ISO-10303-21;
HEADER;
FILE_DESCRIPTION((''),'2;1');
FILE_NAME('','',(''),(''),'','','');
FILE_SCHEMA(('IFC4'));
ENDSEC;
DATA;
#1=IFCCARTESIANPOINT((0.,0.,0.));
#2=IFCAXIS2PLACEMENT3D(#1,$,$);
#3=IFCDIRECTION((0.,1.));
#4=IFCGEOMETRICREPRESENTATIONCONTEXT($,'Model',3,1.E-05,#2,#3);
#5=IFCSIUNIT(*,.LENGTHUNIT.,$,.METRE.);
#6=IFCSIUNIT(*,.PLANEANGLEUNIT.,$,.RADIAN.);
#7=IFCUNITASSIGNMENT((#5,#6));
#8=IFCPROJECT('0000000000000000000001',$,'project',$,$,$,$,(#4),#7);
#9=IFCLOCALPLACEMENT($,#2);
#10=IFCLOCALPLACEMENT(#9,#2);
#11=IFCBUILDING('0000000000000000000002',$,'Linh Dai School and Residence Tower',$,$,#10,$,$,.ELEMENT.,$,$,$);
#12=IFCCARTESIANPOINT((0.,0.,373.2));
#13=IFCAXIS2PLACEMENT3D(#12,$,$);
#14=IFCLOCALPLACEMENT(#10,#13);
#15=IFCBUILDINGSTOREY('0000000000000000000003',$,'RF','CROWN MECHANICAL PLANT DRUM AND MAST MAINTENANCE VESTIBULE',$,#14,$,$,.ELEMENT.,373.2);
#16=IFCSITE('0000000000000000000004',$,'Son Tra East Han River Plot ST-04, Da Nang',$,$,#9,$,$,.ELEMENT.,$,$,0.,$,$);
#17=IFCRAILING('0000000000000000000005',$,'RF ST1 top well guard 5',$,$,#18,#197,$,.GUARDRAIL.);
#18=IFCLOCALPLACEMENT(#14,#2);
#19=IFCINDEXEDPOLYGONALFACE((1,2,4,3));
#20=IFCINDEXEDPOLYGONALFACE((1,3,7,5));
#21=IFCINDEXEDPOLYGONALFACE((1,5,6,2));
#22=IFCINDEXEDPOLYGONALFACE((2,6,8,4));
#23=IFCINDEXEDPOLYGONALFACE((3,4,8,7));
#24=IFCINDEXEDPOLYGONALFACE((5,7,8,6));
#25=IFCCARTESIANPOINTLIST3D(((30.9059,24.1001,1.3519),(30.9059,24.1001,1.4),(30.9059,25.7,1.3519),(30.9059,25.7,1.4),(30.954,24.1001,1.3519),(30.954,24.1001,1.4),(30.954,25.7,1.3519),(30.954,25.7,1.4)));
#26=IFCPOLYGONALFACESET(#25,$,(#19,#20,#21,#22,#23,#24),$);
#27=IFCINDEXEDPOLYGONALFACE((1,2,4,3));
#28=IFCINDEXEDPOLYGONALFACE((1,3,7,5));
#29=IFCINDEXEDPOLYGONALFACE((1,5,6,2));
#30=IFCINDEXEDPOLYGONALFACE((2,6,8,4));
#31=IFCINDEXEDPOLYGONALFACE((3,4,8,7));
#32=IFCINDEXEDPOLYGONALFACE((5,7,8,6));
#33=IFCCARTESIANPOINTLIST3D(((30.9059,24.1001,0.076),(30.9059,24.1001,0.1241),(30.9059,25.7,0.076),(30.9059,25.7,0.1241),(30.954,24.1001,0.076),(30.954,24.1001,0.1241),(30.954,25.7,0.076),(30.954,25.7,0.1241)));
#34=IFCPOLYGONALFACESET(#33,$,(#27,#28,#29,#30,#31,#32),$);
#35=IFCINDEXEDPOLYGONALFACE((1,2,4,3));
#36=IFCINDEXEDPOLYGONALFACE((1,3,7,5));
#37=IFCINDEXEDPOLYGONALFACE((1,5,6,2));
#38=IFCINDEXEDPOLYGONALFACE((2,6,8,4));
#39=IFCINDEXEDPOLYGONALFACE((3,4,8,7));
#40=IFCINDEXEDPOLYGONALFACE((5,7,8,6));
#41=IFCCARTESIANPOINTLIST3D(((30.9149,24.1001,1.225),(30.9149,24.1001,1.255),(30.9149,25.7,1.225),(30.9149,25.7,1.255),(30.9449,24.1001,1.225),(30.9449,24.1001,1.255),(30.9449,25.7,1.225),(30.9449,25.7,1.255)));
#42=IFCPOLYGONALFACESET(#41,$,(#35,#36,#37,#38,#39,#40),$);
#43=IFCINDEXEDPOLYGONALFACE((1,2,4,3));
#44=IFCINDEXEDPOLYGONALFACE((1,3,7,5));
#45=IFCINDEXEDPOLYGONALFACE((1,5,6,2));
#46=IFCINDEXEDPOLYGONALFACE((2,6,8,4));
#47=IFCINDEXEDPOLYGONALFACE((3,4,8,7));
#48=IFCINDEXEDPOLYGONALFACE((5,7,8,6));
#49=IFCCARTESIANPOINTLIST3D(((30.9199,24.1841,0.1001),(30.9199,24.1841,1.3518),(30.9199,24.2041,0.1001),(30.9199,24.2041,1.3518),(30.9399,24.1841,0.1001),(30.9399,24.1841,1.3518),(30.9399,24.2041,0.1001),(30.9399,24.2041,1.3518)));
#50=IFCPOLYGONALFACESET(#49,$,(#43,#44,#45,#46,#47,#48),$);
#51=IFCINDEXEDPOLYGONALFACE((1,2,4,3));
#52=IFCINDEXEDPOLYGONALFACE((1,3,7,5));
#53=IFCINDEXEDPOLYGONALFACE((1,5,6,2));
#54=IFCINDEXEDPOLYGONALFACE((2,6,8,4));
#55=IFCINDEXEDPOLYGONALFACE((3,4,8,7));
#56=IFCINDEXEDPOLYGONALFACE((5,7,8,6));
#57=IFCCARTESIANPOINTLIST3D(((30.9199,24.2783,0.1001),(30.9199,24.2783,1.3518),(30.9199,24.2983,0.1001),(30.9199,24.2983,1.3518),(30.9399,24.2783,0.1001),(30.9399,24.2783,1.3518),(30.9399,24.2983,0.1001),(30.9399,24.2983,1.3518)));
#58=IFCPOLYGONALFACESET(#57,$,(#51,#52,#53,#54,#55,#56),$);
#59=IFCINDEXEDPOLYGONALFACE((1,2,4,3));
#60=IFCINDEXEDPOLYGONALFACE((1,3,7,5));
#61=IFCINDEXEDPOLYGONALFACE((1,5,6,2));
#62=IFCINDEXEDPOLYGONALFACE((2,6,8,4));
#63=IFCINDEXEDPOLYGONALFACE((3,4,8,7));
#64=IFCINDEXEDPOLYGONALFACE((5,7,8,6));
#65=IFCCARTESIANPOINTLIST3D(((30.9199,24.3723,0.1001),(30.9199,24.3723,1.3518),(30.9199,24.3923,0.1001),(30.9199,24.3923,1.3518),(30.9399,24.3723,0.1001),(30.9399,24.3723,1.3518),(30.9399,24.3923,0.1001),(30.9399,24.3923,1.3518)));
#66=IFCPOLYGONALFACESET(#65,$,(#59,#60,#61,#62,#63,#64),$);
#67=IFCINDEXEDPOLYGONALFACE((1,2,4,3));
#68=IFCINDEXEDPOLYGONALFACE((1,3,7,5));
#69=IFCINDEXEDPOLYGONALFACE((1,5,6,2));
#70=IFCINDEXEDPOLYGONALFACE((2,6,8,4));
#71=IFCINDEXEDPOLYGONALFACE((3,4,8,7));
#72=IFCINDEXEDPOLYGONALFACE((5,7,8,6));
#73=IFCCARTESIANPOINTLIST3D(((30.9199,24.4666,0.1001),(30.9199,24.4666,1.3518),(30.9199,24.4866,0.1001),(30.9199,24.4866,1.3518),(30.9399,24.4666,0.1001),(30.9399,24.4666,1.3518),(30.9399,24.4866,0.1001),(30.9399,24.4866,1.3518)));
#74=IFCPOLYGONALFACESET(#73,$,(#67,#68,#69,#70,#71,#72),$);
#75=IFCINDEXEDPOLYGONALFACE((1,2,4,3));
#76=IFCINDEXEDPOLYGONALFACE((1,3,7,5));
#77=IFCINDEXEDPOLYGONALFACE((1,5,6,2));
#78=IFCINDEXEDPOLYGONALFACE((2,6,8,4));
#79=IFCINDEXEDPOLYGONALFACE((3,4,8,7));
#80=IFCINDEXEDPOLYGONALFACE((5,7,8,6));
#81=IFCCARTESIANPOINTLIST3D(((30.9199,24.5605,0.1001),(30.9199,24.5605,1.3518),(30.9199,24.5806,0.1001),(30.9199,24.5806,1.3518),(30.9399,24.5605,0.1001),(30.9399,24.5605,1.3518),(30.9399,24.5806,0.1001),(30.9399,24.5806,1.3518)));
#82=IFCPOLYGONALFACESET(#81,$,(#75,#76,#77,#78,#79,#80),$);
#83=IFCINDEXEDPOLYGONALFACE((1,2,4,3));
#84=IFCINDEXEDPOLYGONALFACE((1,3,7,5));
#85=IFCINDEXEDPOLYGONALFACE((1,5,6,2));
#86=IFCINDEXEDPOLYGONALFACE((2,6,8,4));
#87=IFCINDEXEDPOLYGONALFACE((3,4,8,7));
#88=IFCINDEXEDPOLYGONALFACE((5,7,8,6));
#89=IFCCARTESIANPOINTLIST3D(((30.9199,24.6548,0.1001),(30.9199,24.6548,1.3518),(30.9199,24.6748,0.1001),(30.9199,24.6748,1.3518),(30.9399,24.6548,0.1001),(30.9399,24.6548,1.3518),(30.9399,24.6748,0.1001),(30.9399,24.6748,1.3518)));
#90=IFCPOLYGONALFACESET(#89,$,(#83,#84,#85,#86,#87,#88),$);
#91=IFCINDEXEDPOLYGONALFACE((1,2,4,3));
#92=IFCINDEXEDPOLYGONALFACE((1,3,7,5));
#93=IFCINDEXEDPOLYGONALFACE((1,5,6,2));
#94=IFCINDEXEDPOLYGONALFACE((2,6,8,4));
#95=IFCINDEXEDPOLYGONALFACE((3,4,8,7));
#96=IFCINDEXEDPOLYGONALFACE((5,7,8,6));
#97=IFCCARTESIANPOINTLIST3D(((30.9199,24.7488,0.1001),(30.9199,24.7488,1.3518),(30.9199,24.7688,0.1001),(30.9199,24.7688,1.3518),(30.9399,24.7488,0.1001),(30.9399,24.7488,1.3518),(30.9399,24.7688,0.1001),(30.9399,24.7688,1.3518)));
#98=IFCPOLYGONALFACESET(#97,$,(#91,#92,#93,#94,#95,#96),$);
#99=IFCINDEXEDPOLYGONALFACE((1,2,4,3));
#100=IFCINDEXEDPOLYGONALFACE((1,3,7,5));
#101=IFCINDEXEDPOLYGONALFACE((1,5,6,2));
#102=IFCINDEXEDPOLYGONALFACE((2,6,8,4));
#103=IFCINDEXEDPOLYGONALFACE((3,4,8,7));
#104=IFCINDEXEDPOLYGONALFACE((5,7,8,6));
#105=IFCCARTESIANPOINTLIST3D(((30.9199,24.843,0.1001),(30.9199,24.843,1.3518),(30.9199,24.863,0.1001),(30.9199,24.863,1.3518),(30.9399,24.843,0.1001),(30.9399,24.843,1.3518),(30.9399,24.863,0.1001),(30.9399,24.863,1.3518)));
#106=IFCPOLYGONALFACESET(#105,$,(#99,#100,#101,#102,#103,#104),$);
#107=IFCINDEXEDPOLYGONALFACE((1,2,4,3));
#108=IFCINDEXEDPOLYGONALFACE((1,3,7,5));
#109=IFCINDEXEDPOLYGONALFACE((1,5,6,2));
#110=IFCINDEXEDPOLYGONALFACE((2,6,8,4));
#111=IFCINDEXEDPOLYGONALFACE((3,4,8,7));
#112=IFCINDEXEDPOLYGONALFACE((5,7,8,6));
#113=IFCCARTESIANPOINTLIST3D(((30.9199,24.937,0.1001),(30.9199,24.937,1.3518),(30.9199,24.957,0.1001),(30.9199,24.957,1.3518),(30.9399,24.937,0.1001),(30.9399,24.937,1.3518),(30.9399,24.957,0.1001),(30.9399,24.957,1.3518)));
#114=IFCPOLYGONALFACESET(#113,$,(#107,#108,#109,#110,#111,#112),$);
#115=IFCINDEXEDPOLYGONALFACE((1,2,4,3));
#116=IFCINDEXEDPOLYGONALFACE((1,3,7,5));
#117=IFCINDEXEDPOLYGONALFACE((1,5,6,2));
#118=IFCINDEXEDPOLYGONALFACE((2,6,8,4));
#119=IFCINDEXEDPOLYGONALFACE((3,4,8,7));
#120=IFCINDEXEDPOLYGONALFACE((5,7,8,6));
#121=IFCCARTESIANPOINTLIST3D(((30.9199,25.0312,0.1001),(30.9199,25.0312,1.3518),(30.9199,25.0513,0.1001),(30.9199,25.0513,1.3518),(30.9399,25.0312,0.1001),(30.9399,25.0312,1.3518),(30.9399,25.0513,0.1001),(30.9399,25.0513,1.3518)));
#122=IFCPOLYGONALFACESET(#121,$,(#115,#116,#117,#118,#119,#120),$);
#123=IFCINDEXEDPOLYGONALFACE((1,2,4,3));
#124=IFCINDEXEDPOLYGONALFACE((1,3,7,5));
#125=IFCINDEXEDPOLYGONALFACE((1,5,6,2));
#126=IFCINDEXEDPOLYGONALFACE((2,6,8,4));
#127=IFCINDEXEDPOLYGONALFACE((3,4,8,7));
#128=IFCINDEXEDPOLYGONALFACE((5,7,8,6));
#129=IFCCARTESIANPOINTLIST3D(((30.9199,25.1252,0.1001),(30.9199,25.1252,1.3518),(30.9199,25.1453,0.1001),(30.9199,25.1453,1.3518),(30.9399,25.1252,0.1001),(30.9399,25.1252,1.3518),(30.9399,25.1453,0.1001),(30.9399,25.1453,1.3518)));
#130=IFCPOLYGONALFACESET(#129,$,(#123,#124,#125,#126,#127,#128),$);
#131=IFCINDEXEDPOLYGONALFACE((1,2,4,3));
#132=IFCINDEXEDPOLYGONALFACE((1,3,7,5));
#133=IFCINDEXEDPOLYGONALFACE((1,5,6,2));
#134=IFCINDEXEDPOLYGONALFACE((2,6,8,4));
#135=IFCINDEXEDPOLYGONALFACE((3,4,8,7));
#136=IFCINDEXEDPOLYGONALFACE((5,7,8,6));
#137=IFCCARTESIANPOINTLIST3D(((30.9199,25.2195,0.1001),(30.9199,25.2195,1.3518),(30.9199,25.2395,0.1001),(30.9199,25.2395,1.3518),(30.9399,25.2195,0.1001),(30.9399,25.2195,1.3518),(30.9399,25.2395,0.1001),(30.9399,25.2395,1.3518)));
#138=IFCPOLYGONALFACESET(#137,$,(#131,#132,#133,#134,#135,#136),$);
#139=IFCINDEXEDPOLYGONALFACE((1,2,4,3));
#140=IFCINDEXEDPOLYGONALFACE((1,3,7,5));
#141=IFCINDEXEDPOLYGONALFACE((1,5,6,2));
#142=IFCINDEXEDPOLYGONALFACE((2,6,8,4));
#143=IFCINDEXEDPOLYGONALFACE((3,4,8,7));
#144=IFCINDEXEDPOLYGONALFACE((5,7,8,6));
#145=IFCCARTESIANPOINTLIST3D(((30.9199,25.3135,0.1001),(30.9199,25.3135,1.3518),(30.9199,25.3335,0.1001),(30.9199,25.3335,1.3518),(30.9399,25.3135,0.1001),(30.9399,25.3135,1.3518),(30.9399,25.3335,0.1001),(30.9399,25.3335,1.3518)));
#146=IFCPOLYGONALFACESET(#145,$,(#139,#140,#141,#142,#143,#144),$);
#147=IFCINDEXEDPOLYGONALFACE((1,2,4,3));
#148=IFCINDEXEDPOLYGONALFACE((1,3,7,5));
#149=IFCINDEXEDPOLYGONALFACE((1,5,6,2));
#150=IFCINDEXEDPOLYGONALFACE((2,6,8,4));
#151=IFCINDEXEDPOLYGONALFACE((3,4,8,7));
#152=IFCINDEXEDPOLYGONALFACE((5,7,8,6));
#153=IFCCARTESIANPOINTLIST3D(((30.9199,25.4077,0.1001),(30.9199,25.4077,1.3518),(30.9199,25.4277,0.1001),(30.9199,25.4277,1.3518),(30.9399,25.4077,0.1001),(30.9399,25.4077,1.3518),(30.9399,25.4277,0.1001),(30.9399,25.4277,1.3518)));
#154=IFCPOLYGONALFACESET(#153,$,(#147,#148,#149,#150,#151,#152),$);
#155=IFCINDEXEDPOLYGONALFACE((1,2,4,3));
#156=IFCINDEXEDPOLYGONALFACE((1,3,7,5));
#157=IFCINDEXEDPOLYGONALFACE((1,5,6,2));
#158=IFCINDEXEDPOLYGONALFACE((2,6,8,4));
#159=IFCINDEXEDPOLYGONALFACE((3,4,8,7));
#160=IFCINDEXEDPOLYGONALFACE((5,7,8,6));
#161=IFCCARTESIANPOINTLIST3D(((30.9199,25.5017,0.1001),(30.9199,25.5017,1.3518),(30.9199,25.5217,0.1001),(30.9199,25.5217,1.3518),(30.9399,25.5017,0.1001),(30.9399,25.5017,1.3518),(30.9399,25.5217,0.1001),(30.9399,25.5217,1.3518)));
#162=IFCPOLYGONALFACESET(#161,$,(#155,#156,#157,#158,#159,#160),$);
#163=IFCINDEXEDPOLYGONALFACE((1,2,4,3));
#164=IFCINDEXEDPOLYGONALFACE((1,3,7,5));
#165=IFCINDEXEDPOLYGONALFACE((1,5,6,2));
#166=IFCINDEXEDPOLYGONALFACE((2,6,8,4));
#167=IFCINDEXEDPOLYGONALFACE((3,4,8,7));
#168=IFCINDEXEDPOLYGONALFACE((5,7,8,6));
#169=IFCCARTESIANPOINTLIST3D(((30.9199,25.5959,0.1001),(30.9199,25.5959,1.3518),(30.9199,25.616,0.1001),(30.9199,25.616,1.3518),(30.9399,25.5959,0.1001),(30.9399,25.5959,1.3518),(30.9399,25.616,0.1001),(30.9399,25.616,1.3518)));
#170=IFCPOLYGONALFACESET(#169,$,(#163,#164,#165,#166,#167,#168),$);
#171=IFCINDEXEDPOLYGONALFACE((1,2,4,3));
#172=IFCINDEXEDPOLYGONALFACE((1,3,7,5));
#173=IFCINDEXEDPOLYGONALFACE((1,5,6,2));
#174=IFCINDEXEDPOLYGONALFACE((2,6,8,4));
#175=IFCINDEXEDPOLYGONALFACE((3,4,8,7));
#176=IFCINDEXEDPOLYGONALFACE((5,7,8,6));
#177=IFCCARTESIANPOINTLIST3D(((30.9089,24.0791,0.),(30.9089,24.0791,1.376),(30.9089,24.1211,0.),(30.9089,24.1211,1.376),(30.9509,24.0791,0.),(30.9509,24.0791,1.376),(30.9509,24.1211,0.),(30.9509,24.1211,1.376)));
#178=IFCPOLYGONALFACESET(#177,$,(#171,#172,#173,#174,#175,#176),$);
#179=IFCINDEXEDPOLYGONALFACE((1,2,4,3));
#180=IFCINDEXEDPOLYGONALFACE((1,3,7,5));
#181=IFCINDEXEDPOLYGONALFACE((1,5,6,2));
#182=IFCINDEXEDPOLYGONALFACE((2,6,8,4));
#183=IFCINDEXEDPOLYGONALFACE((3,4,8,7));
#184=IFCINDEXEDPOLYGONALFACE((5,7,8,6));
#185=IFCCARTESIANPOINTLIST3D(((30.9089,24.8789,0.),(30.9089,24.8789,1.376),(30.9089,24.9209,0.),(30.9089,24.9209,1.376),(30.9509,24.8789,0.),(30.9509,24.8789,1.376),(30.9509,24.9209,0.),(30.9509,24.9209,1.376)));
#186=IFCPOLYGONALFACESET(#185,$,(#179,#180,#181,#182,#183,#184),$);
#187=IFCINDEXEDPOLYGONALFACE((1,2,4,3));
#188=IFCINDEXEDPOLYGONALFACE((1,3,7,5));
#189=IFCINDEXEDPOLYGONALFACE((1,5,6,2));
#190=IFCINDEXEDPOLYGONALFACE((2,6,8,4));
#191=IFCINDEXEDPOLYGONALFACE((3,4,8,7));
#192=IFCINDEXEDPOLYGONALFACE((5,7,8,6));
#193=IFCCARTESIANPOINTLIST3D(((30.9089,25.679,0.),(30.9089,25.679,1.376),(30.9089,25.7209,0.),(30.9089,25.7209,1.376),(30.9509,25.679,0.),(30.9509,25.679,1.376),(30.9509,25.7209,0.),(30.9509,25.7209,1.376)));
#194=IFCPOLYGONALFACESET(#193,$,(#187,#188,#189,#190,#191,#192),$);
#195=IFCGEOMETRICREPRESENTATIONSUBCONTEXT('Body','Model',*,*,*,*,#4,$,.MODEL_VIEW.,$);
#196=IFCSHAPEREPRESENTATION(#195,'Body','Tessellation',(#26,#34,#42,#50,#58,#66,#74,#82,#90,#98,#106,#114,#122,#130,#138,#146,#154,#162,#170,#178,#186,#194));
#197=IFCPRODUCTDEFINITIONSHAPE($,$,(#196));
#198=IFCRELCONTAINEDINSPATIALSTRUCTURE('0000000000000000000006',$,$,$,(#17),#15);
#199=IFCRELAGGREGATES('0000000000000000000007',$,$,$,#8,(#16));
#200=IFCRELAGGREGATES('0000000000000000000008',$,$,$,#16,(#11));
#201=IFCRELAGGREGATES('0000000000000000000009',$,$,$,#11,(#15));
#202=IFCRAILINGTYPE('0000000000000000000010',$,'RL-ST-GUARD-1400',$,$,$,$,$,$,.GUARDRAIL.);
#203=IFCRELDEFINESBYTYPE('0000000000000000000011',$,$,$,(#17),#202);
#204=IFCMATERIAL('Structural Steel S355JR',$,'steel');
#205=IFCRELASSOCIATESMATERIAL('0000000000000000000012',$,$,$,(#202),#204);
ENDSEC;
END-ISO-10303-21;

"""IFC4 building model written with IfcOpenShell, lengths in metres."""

from ifc_helpers import new_model, si_unit, direction, frame, origin, origin_2d, place, context, subcontext, project, spatial, rectangle, extrude, source, transform, mapped, material, type_object, element, save


model = new_model("IFC4")

# Units and contexts
model_context = context("Model", 3, precision=1e-05, world=origin(), true_north=direction((0.0, 1.0)))
body_context = subcontext(model_context, "Body", "Model", "MODEL_VIEW")
ifc_project = project(units=[si_unit("LENGTHUNIT", "METRE"), si_unit("PLANEANGLEUNIT", "RADIAN")], contexts=[model_context])

# Site, building, storey
site_placement = place(None, origin())
site = spatial("IfcSite", under=ifc_project, at=site_placement, Name="Son Tra East Han River Plot ST-04, Da Nang", CompositionType="ELEMENT", RefElevation=0.0)
building_placement = place(site_placement, origin())
building = spatial("IfcBuilding", under=site, at=building_placement, Name="Linh Dai School and Residence Tower", CompositionType="ELEMENT")
storey_placement = place(building_placement, frame((0.0, 0.0, 373.2)))
storey = spatial("IfcBuildingStorey", under=building, at=storey_placement, Name="RF", Description="CROWN MECHANICAL PLANT DRUM AND MAST MAINTENANCE VESTIBULE", CompositionType="ELEMENT", Elevation=373.2)

# Shared definitions
ifc_material_1 = material(Name="Structural Steel S355JR", Category="steel")

# Railing
railing_type = type_object("IfcRailingType", Name="RL-ST-GUARD-1400", PredefinedType="GUARDRAIL", material=ifc_material_1)
shared_shape_1 = source(origin(), body_context, "Body", "SweptSolid", [
    extrude(rectangle(XDim=0.0481, YDim=0.0481, at=origin_2d()), frame((0.0, 0.0, 1.376), z_axis=(0.0, 1.0, 0.0), x_axis=(-1.0, 0.0, 0.0)), (0.0, 0.0, 1.0), 1.5999),
    extrude(rectangle(XDim=0.0481, YDim=0.0481, at=origin_2d()), frame((0.0, 0.0, 0.1001), z_axis=(0.0, 1.0, 0.0), x_axis=(-1.0, 0.0, 0.0)), (0.0, 0.0, 1.0), 1.5999),
    extrude(rectangle(XDim=0.03, YDim=0.03, at=origin_2d()), frame((0.0, 0.0, 1.24), z_axis=(0.0, 1.0, 0.0), x_axis=(-1.0, 0.0, 0.0)), (0.0, 0.0, 1.0), 1.5999),
    extrude(rectangle(XDim=0.02, YDim=0.02, at=origin_2d()), frame((0.0, 0.094, 0.1001)), (0.0, 0.0, 1.0), 1.2517),
    extrude(rectangle(XDim=0.02, YDim=0.02, at=origin_2d()), frame((0.0, 0.1882, 0.1001)), (0.0, 0.0, 1.0), 1.2517),
    extrude(rectangle(XDim=0.02, YDim=0.02, at=origin_2d()), frame((0.0, 0.2822, 0.1001)), (0.0, 0.0, 1.0), 1.2517),
    extrude(rectangle(XDim=0.02, YDim=0.02, at=origin_2d()), frame((0.0, 0.3765, 0.1001)), (0.0, 0.0, 1.0), 1.2517),
    extrude(rectangle(XDim=0.02, YDim=0.02, at=origin_2d()), frame((0.0, 0.4705, 0.1001)), (0.0, 0.0, 1.0), 1.2517),
    extrude(rectangle(XDim=0.02, YDim=0.02, at=origin_2d()), frame((0.0, 0.5647, 0.1001)), (0.0, 0.0, 1.0), 1.2517),
    extrude(rectangle(XDim=0.02, YDim=0.02, at=origin_2d()), frame((0.0, 0.6587, 0.1001)), (0.0, 0.0, 1.0), 1.2517),
    extrude(rectangle(XDim=0.02, YDim=0.02, at=origin_2d()), frame((0.0, 0.7529, 0.1001)), (0.0, 0.0, 1.0), 1.2517),
    extrude(rectangle(XDim=0.02, YDim=0.02, at=origin_2d()), frame((0.0, 0.8469, 0.1001)), (0.0, 0.0, 1.0), 1.2517),
    extrude(rectangle(XDim=0.02, YDim=0.02, at=origin_2d()), frame((0.0, 0.9412, 0.1001)), (0.0, 0.0, 1.0), 1.2517),
    extrude(rectangle(XDim=0.02, YDim=0.02, at=origin_2d()), frame((0.0, 1.0352, 0.1001)), (0.0, 0.0, 1.0), 1.2517),
    extrude(rectangle(XDim=0.02, YDim=0.02, at=origin_2d()), frame((0.0, 1.1294, 0.1001)), (0.0, 0.0, 1.0), 1.2517),
    extrude(rectangle(XDim=0.02, YDim=0.02, at=origin_2d()), frame((0.0, 1.2234, 0.1001)), (0.0, 0.0, 1.0), 1.2517),
    extrude(rectangle(XDim=0.02, YDim=0.02, at=origin_2d()), frame((0.0, 1.3176, 0.1001)), (0.0, 0.0, 1.0), 1.2517),
    extrude(rectangle(XDim=0.02, YDim=0.02, at=origin_2d()), frame((0.0, 1.4116, 0.1001)), (0.0, 0.0, 1.0), 1.2517),
    extrude(rectangle(XDim=0.02, YDim=0.02, at=origin_2d()), frame((0.0, 1.5059, 0.1001)), (0.0, 0.0, 1.0), 1.2517),
    extrude(rectangle(XDim=0.042, YDim=0.042, at=origin_2d()), origin(), (0.0, 0.0, 1.0), 1.376),
    extrude(rectangle(XDim=0.042, YDim=0.042, at=origin_2d()), frame((0.0, 0.7998, 0.0)), (0.0, 0.0, 1.0), 1.376),
    extrude(rectangle(XDim=0.042, YDim=0.042, at=origin_2d()), frame((0.0, 1.5999, 0.0)), (0.0, 0.0, 1.0), 1.376),
])
for number, where, name in (
    (1, (30.9299, 24.1001, 0.0), "RF ST1 top well guard 5"),
):
    element("IfcRailing", number, at=place(storey_placement, frame(where)), inside=storey, type_object=railing_type, Name=name, PredefinedType="GUARDRAIL", context=body_context, shape_type="MappedRepresentation", body=[
        mapped(shared_shape_1, transform((0.0, 0.0, 0.0), x_axis=(1.0, 0.0, 0.0), y_axis=(0.0, 1.0, 0.0), z_axis=(0.0, 0.0, 1.0), scale=1.0)),
    ])

save(model, "model.ifc")
